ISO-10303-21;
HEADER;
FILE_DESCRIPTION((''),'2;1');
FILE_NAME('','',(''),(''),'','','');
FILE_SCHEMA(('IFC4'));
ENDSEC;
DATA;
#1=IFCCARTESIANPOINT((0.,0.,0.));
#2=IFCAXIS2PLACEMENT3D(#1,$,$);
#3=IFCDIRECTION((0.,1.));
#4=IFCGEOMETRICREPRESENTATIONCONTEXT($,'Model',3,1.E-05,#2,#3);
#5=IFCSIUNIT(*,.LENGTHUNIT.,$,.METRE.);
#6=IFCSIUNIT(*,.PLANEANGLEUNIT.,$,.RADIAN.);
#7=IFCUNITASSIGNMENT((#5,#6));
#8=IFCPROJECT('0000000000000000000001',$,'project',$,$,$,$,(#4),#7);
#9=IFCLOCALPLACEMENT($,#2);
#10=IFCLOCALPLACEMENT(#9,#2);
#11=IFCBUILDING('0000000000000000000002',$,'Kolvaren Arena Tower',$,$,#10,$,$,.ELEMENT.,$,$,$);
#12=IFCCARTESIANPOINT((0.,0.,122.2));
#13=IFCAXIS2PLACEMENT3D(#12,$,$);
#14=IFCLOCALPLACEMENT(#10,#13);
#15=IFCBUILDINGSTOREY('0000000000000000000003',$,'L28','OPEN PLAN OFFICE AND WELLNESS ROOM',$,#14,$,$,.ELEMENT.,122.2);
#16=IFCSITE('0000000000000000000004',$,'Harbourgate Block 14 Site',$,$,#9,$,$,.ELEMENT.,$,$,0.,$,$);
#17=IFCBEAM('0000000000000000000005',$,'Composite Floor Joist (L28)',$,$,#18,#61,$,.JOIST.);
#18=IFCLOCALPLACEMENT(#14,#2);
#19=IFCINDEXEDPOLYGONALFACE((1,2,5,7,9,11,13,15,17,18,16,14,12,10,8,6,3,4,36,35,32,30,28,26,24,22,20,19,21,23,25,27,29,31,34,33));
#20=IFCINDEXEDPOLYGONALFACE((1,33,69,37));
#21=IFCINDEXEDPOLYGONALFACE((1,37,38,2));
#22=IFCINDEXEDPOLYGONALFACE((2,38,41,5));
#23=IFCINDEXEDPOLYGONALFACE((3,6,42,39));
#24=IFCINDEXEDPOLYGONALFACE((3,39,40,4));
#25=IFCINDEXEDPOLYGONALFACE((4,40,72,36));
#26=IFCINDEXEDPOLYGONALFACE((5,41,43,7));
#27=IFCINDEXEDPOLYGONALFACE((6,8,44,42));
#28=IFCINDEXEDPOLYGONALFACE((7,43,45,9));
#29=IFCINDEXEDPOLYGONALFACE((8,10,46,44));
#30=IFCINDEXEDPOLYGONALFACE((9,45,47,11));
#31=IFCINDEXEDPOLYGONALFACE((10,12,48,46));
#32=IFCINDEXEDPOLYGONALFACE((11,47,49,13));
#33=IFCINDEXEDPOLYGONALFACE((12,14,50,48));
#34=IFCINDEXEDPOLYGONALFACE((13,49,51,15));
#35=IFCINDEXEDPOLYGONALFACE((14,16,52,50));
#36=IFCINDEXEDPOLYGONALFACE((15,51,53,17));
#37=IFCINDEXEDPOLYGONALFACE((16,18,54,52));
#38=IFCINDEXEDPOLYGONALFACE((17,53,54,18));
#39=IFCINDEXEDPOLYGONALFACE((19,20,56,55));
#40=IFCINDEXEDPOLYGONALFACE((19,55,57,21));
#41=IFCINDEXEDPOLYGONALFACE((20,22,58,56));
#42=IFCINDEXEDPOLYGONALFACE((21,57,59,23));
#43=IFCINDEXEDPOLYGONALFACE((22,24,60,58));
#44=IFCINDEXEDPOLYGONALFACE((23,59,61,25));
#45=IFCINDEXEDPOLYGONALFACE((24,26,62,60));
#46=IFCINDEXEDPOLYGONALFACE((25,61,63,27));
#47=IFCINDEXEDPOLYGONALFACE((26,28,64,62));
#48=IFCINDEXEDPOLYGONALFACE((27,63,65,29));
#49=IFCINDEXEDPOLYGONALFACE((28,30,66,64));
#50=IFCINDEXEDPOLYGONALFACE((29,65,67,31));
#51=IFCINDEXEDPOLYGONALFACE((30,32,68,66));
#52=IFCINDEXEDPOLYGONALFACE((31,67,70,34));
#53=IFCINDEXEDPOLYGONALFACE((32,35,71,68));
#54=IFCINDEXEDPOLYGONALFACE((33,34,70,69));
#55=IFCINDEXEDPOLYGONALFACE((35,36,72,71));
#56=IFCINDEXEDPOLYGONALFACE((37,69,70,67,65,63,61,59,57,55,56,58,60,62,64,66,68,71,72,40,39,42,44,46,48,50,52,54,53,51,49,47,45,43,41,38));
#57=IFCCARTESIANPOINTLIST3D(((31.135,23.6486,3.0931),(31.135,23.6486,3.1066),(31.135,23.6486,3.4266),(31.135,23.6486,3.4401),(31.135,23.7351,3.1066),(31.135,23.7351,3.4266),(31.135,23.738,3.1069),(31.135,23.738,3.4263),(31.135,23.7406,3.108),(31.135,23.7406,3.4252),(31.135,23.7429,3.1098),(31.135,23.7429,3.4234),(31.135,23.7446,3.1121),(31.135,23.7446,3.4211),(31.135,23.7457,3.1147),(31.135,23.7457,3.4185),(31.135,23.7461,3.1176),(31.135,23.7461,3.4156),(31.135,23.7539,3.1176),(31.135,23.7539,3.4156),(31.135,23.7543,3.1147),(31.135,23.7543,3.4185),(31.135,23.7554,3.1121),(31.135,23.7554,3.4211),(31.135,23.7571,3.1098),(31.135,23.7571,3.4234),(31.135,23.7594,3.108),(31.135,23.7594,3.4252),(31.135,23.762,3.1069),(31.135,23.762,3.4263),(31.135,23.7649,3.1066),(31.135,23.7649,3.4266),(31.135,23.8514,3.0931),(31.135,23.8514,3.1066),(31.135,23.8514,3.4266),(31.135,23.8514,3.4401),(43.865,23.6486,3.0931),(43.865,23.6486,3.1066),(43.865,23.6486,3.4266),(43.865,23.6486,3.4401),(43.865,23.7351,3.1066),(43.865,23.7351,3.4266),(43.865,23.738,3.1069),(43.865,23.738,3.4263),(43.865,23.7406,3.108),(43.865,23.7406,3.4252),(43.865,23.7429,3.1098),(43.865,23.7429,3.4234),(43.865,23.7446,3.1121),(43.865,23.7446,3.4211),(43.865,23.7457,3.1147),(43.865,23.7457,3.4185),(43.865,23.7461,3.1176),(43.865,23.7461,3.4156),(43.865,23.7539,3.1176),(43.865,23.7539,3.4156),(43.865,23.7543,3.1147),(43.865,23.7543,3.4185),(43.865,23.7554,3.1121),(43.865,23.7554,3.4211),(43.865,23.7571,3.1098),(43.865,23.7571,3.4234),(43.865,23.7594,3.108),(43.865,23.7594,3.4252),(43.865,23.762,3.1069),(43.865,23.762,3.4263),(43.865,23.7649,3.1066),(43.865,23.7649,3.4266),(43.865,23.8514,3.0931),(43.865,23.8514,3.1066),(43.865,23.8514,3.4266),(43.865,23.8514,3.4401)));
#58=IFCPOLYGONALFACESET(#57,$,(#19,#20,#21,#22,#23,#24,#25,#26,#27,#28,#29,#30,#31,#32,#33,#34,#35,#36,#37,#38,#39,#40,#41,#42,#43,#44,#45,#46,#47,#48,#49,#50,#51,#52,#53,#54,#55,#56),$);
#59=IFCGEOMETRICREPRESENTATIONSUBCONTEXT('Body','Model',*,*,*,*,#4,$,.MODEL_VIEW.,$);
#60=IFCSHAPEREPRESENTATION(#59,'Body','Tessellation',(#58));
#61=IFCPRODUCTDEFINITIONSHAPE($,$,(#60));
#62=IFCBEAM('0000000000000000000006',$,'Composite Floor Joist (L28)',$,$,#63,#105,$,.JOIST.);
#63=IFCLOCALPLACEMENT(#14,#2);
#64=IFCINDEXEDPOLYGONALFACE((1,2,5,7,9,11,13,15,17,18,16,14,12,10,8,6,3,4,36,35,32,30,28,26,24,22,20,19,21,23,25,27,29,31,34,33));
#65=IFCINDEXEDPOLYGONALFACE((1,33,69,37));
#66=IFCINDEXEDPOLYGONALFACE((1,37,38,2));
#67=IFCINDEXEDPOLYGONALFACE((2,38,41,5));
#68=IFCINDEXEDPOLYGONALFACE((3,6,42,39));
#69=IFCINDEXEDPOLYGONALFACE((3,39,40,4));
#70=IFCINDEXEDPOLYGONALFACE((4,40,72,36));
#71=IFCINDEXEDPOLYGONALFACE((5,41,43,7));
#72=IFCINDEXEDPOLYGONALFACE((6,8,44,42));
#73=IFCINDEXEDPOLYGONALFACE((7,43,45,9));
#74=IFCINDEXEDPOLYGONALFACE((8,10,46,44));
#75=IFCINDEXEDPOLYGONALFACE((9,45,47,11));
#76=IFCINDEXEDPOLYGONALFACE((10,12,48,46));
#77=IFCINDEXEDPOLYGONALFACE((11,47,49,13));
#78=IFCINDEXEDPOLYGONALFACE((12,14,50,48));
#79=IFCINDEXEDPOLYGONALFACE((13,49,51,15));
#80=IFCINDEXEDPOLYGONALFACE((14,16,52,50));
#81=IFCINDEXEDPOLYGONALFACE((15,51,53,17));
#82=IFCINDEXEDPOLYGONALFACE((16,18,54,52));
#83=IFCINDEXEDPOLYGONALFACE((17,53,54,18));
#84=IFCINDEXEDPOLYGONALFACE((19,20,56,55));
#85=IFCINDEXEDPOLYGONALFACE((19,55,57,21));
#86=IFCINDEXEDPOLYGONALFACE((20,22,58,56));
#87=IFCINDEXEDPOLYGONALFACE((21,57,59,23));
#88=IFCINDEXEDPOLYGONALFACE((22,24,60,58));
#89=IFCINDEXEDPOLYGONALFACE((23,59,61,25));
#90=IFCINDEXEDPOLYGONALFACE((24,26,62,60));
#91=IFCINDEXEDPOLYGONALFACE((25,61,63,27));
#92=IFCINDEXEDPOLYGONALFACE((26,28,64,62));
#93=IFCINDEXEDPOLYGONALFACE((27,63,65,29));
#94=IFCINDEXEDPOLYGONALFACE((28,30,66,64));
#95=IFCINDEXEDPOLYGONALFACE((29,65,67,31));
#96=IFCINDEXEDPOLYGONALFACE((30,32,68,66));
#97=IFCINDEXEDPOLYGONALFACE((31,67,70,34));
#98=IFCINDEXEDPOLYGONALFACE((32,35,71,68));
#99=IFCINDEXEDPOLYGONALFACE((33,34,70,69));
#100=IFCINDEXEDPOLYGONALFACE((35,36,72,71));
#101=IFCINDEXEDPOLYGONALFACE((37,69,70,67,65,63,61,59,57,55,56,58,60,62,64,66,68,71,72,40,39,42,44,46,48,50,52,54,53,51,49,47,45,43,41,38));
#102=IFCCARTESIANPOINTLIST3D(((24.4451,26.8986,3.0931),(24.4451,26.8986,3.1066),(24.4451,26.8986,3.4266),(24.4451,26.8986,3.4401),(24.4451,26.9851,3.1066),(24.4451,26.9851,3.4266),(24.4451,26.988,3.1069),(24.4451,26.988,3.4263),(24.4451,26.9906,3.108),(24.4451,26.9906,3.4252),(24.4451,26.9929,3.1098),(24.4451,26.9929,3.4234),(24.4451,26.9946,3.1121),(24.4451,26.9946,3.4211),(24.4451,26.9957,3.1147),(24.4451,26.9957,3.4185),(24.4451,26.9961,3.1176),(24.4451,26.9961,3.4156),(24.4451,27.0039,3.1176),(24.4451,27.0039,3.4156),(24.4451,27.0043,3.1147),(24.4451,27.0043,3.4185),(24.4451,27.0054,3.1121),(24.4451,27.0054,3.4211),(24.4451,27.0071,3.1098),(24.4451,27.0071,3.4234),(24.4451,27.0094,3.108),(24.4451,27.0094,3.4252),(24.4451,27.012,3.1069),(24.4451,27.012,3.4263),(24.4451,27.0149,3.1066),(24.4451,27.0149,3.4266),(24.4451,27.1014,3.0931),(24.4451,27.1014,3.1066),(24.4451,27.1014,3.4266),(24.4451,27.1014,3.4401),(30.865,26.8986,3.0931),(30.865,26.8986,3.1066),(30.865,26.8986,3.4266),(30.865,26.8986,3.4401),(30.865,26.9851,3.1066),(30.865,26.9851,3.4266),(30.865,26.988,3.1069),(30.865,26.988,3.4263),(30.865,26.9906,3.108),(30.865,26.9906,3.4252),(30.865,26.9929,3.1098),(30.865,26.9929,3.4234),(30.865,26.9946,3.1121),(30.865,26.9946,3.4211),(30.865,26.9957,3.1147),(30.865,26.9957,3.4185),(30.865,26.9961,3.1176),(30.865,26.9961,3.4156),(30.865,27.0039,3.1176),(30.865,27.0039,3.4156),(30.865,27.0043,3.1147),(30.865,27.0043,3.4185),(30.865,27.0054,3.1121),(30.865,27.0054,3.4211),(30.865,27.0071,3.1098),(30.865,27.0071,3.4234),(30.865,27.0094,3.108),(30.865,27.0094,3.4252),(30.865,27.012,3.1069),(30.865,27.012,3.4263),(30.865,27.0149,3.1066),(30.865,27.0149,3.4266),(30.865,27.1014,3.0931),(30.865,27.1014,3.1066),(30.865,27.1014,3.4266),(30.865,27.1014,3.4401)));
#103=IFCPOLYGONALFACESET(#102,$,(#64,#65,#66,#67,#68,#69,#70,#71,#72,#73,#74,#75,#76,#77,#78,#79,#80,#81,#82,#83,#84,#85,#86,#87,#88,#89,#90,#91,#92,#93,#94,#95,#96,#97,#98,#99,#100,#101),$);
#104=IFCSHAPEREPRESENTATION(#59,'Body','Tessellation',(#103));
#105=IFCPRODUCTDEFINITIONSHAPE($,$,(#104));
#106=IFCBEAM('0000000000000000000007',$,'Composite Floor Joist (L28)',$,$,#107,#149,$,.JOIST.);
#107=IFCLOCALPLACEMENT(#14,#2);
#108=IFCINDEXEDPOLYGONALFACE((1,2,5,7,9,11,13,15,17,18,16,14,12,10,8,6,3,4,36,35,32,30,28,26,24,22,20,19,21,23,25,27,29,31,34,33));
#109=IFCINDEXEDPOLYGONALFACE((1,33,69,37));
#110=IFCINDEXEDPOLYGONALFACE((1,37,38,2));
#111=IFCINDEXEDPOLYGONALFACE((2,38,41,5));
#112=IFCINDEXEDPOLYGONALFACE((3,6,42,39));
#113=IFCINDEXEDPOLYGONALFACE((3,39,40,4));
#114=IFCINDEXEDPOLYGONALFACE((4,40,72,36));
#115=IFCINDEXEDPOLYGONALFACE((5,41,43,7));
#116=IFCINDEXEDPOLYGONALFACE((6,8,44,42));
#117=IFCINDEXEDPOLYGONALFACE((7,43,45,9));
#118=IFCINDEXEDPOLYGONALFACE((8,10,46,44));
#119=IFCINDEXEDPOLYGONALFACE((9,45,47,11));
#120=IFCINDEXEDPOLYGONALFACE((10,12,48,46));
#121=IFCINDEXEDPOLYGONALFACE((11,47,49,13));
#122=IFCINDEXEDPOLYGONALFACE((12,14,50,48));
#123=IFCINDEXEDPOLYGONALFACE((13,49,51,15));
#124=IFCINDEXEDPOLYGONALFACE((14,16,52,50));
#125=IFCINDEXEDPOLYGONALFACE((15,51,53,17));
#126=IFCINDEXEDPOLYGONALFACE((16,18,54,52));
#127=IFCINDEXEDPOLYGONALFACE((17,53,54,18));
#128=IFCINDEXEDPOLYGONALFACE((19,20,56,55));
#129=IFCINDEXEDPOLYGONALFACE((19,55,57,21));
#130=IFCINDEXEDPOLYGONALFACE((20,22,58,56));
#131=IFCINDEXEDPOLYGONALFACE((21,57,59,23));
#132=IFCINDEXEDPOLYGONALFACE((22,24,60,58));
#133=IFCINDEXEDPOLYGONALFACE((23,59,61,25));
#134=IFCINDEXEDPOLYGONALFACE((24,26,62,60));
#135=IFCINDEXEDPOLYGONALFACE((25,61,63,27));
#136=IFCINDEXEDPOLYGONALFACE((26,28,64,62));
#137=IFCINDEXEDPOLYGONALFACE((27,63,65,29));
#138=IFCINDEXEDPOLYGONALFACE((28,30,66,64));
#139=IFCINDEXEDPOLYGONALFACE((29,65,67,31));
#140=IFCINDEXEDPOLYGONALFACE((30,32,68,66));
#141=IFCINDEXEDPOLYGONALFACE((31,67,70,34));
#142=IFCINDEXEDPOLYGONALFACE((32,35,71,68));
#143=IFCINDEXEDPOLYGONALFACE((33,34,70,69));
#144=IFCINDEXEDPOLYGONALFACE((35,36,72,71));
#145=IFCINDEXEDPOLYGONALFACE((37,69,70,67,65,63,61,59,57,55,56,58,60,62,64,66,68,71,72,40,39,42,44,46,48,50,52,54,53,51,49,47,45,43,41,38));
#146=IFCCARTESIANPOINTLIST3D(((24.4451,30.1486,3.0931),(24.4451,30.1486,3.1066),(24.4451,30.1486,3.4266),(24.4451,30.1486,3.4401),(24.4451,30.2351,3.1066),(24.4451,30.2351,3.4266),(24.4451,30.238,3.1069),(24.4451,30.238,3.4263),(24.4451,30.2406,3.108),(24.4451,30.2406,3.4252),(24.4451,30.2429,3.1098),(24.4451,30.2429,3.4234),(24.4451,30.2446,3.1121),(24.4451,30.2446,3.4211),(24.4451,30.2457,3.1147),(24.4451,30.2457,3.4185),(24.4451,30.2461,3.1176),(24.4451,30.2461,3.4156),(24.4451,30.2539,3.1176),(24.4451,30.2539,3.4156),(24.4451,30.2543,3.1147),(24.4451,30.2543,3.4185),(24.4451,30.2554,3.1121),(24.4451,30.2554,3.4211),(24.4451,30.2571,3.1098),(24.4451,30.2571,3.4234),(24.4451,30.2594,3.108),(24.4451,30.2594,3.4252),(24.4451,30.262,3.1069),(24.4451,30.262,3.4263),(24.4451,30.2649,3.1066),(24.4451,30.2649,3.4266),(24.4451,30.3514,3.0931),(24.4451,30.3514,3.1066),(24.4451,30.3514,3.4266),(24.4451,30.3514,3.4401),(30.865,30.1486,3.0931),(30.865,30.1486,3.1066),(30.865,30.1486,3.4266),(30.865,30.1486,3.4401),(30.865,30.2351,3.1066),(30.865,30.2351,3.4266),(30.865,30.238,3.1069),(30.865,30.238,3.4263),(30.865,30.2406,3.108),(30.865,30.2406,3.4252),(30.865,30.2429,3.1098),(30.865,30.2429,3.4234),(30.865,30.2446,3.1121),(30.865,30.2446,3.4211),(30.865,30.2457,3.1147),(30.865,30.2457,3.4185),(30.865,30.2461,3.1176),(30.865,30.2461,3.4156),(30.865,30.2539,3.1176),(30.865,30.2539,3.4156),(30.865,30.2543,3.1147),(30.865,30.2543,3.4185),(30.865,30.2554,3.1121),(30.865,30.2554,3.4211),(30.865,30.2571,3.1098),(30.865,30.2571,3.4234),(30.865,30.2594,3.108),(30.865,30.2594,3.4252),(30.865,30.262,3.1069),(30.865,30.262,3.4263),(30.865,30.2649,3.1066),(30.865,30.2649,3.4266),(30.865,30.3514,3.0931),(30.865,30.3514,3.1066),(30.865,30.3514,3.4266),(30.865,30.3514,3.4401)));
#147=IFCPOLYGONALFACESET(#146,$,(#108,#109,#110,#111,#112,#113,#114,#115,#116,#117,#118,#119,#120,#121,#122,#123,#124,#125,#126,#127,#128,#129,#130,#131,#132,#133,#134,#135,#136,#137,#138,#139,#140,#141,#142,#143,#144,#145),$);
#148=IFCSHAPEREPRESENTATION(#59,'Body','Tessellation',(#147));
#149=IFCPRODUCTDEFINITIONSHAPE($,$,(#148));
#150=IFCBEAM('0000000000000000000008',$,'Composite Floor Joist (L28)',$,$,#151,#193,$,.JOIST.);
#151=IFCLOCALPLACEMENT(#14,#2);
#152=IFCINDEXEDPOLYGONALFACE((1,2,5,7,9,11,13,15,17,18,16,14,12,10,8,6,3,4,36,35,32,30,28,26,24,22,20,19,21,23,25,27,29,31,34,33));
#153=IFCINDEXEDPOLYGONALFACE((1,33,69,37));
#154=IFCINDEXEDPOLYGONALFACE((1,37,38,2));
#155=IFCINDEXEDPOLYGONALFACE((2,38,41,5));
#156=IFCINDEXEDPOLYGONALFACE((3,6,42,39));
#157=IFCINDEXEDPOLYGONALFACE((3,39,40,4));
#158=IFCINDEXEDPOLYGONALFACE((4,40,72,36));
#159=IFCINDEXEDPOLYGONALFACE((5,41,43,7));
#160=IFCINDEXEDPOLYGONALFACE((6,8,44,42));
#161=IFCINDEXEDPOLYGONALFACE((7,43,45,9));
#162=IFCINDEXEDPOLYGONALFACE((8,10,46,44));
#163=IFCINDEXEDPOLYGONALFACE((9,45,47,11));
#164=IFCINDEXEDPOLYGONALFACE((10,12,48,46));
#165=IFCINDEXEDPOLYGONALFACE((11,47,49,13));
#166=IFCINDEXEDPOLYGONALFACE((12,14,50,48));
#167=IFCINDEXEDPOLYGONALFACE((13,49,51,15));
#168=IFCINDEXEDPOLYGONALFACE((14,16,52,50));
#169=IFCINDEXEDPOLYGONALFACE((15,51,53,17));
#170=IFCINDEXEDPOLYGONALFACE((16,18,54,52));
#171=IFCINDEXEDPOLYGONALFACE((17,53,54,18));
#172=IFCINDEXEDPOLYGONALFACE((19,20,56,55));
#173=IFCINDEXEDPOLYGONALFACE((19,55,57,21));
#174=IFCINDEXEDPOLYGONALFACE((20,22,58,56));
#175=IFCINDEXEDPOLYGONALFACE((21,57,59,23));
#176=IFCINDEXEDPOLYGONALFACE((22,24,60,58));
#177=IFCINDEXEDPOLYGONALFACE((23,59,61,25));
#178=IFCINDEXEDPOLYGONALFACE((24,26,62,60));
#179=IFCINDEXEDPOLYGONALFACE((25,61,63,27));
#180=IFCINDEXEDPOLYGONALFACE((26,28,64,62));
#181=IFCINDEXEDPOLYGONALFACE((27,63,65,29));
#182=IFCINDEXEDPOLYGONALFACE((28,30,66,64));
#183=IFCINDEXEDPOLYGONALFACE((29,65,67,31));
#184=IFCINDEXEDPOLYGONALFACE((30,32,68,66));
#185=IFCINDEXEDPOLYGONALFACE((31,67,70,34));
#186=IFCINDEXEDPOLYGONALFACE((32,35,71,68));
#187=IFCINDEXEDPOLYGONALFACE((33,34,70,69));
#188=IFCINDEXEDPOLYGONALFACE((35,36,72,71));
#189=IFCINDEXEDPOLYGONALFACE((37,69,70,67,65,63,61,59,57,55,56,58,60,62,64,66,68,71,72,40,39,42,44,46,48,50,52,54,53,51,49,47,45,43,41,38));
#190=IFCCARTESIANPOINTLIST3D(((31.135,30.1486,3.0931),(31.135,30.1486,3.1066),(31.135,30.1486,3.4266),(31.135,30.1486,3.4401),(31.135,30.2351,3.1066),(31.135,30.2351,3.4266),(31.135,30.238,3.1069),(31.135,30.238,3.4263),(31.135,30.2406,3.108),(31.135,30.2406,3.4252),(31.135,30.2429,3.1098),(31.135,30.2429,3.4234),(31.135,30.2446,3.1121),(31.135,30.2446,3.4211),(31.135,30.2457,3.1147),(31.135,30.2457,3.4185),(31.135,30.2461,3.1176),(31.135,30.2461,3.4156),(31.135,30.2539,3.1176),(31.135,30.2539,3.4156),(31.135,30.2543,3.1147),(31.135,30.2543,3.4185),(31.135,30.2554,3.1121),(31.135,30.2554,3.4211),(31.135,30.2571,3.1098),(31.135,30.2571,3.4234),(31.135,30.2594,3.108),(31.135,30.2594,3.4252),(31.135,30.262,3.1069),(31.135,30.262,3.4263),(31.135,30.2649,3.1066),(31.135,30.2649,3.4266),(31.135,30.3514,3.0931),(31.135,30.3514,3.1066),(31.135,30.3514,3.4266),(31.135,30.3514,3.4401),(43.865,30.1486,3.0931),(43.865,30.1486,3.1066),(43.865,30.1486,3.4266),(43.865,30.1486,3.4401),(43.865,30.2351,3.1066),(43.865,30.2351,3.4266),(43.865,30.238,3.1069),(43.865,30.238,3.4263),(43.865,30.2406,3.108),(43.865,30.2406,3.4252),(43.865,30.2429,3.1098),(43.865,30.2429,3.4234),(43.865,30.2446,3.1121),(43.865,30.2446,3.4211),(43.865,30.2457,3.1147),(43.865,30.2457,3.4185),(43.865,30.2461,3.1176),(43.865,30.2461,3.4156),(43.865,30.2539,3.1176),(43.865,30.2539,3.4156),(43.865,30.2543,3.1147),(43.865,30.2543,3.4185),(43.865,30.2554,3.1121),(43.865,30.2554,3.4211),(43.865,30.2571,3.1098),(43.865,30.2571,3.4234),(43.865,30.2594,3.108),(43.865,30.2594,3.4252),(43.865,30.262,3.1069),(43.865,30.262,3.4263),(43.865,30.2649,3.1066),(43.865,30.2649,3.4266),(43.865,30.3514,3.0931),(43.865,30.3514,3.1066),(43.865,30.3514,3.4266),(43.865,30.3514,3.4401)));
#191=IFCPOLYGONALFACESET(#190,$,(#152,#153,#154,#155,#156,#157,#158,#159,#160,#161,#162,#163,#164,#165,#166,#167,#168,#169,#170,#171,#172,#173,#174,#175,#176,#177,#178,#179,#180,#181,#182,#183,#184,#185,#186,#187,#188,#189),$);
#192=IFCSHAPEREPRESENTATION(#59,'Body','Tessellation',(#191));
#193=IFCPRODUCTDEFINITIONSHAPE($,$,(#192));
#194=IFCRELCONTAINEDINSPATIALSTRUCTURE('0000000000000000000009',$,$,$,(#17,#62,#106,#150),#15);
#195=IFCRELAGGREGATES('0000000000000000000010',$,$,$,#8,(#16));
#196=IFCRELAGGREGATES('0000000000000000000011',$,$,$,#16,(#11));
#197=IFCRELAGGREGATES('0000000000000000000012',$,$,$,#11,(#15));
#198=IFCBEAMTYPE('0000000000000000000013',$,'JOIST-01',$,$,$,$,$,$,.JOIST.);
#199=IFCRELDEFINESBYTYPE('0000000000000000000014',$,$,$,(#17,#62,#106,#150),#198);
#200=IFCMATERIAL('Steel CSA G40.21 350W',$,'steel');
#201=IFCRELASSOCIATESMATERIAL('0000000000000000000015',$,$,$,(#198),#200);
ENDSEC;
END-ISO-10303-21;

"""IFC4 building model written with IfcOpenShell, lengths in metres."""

from ifc_helpers import new_model, si_unit, direction, frame, origin, origin_2d, place, context, subcontext, project, spatial, i_section, extrude, material, material_profile, profile_set, type_object, element, save


model = new_model("IFC4")

# Units and contexts
model_context = context("Model", 3, precision=1e-05, world=origin(), true_north=direction((0.0, 1.0)))
body_context = subcontext(model_context, "Body", "Model", "MODEL_VIEW")
ifc_project = project(units=[si_unit("LENGTHUNIT", "METRE"), si_unit("PLANEANGLEUNIT", "RADIAN")], contexts=[model_context])

# Site, building, storey
site_placement = place(None, origin())
site = spatial("IfcSite", under=ifc_project, at=site_placement, Name="Harbourgate Block 14 Site", CompositionType="ELEMENT", RefElevation=0.0)
building_placement = place(site_placement, origin())
building = spatial("IfcBuilding", under=site, at=building_placement, Name="Kolvaren Arena Tower", CompositionType="ELEMENT")
storey_placement = place(building_placement, frame((0.0, 0.0, 122.2)))
storey = spatial("IfcBuildingStorey", under=building, at=storey_placement, Name="L28", Description="OPEN PLAN OFFICE AND WELLNESS ROOM", CompositionType="ELEMENT", Elevation=122.2)

# Beams
ifc_material_1 = material(Name="Steel CSA G40.21 350W", Category="steel")
ifc_material_profile_1 = material_profile(ifc_material_1, i_section(OverallWidth=0.2029, OverallDepth=0.3469, WebThickness=0.0078, FlangeThickness=0.0134, FilletRadius=0.011, at=origin_2d()), Name="W360x64")
ifc_profile_set_1 = profile_set([ifc_material_profile_1], Name="Steel CSA G40.21 350W")
beam_type_1 = type_object("IfcBeamType", Name="JOIST-01", PredefinedType="JOIST", material=ifc_profile_set_1)
beam_1_placement = place(storey_placement, frame((31.135, 23.75, 3.2666), z_axis=(1.0, 0.0, 0.0), x_axis=(0.0, 1.0, 0.0)))
element("IfcBeam", 1, at=beam_1_placement, inside=storey, type_object=beam_type_1, Name="Composite Floor Joist (L28)", PredefinedType="JOIST", context=body_context, shape_type="SweptSolid", body=[
    extrude(i_section(OverallWidth=0.2029, OverallDepth=0.3469, WebThickness=0.0078, FlangeThickness=0.0134, FilletRadius=0.011, at=origin_2d()), origin(), (0.0, 0.0, 1.0), 12.73),
])
for number, where, z_axis, x_axis, name in (
    (2, (24.4451, 27.0, 3.2666), (1.0, 0.0, 0.0), (0.0, 1.0, 0.0), "Composite Floor Joist (L28)"),
    (3, (24.4451, 30.25, 3.2666), (1.0, 0.0, 0.0), (0.0, 1.0, 0.0), "Composite Floor Joist (L28)"),
):
    element("IfcBeam", number, at=place(storey_placement, frame(where, z_axis=z_axis, x_axis=x_axis)), inside=storey, type_object=beam_type_1, Name=name, PredefinedType="JOIST", context=body_context, shape_type="SweptSolid", body=[
        extrude(i_section(OverallWidth=0.2029, OverallDepth=0.3469, WebThickness=0.0078, FlangeThickness=0.0134, FilletRadius=0.011, at=origin_2d()), origin(), (0.0, 0.0, 1.0), 6.4199),
    ])
beam_2_placement = place(storey_placement, frame((31.135, 30.25, 3.2666), z_axis=(1.0, 0.0, 0.0), x_axis=(0.0, 1.0, 0.0)))
element("IfcBeam", 4, at=beam_2_placement, inside=storey, type_object=beam_type_1, Name="Composite Floor Joist (L28)", PredefinedType="JOIST", context=body_context, shape_type="SweptSolid", body=[
    extrude(i_section(OverallWidth=0.2029, OverallDepth=0.3469, WebThickness=0.0078, FlangeThickness=0.0134, FilletRadius=0.011, at=origin_2d()), origin(), (0.0, 0.0, 1.0), 12.73),
])

save(model, "model.ifc")
